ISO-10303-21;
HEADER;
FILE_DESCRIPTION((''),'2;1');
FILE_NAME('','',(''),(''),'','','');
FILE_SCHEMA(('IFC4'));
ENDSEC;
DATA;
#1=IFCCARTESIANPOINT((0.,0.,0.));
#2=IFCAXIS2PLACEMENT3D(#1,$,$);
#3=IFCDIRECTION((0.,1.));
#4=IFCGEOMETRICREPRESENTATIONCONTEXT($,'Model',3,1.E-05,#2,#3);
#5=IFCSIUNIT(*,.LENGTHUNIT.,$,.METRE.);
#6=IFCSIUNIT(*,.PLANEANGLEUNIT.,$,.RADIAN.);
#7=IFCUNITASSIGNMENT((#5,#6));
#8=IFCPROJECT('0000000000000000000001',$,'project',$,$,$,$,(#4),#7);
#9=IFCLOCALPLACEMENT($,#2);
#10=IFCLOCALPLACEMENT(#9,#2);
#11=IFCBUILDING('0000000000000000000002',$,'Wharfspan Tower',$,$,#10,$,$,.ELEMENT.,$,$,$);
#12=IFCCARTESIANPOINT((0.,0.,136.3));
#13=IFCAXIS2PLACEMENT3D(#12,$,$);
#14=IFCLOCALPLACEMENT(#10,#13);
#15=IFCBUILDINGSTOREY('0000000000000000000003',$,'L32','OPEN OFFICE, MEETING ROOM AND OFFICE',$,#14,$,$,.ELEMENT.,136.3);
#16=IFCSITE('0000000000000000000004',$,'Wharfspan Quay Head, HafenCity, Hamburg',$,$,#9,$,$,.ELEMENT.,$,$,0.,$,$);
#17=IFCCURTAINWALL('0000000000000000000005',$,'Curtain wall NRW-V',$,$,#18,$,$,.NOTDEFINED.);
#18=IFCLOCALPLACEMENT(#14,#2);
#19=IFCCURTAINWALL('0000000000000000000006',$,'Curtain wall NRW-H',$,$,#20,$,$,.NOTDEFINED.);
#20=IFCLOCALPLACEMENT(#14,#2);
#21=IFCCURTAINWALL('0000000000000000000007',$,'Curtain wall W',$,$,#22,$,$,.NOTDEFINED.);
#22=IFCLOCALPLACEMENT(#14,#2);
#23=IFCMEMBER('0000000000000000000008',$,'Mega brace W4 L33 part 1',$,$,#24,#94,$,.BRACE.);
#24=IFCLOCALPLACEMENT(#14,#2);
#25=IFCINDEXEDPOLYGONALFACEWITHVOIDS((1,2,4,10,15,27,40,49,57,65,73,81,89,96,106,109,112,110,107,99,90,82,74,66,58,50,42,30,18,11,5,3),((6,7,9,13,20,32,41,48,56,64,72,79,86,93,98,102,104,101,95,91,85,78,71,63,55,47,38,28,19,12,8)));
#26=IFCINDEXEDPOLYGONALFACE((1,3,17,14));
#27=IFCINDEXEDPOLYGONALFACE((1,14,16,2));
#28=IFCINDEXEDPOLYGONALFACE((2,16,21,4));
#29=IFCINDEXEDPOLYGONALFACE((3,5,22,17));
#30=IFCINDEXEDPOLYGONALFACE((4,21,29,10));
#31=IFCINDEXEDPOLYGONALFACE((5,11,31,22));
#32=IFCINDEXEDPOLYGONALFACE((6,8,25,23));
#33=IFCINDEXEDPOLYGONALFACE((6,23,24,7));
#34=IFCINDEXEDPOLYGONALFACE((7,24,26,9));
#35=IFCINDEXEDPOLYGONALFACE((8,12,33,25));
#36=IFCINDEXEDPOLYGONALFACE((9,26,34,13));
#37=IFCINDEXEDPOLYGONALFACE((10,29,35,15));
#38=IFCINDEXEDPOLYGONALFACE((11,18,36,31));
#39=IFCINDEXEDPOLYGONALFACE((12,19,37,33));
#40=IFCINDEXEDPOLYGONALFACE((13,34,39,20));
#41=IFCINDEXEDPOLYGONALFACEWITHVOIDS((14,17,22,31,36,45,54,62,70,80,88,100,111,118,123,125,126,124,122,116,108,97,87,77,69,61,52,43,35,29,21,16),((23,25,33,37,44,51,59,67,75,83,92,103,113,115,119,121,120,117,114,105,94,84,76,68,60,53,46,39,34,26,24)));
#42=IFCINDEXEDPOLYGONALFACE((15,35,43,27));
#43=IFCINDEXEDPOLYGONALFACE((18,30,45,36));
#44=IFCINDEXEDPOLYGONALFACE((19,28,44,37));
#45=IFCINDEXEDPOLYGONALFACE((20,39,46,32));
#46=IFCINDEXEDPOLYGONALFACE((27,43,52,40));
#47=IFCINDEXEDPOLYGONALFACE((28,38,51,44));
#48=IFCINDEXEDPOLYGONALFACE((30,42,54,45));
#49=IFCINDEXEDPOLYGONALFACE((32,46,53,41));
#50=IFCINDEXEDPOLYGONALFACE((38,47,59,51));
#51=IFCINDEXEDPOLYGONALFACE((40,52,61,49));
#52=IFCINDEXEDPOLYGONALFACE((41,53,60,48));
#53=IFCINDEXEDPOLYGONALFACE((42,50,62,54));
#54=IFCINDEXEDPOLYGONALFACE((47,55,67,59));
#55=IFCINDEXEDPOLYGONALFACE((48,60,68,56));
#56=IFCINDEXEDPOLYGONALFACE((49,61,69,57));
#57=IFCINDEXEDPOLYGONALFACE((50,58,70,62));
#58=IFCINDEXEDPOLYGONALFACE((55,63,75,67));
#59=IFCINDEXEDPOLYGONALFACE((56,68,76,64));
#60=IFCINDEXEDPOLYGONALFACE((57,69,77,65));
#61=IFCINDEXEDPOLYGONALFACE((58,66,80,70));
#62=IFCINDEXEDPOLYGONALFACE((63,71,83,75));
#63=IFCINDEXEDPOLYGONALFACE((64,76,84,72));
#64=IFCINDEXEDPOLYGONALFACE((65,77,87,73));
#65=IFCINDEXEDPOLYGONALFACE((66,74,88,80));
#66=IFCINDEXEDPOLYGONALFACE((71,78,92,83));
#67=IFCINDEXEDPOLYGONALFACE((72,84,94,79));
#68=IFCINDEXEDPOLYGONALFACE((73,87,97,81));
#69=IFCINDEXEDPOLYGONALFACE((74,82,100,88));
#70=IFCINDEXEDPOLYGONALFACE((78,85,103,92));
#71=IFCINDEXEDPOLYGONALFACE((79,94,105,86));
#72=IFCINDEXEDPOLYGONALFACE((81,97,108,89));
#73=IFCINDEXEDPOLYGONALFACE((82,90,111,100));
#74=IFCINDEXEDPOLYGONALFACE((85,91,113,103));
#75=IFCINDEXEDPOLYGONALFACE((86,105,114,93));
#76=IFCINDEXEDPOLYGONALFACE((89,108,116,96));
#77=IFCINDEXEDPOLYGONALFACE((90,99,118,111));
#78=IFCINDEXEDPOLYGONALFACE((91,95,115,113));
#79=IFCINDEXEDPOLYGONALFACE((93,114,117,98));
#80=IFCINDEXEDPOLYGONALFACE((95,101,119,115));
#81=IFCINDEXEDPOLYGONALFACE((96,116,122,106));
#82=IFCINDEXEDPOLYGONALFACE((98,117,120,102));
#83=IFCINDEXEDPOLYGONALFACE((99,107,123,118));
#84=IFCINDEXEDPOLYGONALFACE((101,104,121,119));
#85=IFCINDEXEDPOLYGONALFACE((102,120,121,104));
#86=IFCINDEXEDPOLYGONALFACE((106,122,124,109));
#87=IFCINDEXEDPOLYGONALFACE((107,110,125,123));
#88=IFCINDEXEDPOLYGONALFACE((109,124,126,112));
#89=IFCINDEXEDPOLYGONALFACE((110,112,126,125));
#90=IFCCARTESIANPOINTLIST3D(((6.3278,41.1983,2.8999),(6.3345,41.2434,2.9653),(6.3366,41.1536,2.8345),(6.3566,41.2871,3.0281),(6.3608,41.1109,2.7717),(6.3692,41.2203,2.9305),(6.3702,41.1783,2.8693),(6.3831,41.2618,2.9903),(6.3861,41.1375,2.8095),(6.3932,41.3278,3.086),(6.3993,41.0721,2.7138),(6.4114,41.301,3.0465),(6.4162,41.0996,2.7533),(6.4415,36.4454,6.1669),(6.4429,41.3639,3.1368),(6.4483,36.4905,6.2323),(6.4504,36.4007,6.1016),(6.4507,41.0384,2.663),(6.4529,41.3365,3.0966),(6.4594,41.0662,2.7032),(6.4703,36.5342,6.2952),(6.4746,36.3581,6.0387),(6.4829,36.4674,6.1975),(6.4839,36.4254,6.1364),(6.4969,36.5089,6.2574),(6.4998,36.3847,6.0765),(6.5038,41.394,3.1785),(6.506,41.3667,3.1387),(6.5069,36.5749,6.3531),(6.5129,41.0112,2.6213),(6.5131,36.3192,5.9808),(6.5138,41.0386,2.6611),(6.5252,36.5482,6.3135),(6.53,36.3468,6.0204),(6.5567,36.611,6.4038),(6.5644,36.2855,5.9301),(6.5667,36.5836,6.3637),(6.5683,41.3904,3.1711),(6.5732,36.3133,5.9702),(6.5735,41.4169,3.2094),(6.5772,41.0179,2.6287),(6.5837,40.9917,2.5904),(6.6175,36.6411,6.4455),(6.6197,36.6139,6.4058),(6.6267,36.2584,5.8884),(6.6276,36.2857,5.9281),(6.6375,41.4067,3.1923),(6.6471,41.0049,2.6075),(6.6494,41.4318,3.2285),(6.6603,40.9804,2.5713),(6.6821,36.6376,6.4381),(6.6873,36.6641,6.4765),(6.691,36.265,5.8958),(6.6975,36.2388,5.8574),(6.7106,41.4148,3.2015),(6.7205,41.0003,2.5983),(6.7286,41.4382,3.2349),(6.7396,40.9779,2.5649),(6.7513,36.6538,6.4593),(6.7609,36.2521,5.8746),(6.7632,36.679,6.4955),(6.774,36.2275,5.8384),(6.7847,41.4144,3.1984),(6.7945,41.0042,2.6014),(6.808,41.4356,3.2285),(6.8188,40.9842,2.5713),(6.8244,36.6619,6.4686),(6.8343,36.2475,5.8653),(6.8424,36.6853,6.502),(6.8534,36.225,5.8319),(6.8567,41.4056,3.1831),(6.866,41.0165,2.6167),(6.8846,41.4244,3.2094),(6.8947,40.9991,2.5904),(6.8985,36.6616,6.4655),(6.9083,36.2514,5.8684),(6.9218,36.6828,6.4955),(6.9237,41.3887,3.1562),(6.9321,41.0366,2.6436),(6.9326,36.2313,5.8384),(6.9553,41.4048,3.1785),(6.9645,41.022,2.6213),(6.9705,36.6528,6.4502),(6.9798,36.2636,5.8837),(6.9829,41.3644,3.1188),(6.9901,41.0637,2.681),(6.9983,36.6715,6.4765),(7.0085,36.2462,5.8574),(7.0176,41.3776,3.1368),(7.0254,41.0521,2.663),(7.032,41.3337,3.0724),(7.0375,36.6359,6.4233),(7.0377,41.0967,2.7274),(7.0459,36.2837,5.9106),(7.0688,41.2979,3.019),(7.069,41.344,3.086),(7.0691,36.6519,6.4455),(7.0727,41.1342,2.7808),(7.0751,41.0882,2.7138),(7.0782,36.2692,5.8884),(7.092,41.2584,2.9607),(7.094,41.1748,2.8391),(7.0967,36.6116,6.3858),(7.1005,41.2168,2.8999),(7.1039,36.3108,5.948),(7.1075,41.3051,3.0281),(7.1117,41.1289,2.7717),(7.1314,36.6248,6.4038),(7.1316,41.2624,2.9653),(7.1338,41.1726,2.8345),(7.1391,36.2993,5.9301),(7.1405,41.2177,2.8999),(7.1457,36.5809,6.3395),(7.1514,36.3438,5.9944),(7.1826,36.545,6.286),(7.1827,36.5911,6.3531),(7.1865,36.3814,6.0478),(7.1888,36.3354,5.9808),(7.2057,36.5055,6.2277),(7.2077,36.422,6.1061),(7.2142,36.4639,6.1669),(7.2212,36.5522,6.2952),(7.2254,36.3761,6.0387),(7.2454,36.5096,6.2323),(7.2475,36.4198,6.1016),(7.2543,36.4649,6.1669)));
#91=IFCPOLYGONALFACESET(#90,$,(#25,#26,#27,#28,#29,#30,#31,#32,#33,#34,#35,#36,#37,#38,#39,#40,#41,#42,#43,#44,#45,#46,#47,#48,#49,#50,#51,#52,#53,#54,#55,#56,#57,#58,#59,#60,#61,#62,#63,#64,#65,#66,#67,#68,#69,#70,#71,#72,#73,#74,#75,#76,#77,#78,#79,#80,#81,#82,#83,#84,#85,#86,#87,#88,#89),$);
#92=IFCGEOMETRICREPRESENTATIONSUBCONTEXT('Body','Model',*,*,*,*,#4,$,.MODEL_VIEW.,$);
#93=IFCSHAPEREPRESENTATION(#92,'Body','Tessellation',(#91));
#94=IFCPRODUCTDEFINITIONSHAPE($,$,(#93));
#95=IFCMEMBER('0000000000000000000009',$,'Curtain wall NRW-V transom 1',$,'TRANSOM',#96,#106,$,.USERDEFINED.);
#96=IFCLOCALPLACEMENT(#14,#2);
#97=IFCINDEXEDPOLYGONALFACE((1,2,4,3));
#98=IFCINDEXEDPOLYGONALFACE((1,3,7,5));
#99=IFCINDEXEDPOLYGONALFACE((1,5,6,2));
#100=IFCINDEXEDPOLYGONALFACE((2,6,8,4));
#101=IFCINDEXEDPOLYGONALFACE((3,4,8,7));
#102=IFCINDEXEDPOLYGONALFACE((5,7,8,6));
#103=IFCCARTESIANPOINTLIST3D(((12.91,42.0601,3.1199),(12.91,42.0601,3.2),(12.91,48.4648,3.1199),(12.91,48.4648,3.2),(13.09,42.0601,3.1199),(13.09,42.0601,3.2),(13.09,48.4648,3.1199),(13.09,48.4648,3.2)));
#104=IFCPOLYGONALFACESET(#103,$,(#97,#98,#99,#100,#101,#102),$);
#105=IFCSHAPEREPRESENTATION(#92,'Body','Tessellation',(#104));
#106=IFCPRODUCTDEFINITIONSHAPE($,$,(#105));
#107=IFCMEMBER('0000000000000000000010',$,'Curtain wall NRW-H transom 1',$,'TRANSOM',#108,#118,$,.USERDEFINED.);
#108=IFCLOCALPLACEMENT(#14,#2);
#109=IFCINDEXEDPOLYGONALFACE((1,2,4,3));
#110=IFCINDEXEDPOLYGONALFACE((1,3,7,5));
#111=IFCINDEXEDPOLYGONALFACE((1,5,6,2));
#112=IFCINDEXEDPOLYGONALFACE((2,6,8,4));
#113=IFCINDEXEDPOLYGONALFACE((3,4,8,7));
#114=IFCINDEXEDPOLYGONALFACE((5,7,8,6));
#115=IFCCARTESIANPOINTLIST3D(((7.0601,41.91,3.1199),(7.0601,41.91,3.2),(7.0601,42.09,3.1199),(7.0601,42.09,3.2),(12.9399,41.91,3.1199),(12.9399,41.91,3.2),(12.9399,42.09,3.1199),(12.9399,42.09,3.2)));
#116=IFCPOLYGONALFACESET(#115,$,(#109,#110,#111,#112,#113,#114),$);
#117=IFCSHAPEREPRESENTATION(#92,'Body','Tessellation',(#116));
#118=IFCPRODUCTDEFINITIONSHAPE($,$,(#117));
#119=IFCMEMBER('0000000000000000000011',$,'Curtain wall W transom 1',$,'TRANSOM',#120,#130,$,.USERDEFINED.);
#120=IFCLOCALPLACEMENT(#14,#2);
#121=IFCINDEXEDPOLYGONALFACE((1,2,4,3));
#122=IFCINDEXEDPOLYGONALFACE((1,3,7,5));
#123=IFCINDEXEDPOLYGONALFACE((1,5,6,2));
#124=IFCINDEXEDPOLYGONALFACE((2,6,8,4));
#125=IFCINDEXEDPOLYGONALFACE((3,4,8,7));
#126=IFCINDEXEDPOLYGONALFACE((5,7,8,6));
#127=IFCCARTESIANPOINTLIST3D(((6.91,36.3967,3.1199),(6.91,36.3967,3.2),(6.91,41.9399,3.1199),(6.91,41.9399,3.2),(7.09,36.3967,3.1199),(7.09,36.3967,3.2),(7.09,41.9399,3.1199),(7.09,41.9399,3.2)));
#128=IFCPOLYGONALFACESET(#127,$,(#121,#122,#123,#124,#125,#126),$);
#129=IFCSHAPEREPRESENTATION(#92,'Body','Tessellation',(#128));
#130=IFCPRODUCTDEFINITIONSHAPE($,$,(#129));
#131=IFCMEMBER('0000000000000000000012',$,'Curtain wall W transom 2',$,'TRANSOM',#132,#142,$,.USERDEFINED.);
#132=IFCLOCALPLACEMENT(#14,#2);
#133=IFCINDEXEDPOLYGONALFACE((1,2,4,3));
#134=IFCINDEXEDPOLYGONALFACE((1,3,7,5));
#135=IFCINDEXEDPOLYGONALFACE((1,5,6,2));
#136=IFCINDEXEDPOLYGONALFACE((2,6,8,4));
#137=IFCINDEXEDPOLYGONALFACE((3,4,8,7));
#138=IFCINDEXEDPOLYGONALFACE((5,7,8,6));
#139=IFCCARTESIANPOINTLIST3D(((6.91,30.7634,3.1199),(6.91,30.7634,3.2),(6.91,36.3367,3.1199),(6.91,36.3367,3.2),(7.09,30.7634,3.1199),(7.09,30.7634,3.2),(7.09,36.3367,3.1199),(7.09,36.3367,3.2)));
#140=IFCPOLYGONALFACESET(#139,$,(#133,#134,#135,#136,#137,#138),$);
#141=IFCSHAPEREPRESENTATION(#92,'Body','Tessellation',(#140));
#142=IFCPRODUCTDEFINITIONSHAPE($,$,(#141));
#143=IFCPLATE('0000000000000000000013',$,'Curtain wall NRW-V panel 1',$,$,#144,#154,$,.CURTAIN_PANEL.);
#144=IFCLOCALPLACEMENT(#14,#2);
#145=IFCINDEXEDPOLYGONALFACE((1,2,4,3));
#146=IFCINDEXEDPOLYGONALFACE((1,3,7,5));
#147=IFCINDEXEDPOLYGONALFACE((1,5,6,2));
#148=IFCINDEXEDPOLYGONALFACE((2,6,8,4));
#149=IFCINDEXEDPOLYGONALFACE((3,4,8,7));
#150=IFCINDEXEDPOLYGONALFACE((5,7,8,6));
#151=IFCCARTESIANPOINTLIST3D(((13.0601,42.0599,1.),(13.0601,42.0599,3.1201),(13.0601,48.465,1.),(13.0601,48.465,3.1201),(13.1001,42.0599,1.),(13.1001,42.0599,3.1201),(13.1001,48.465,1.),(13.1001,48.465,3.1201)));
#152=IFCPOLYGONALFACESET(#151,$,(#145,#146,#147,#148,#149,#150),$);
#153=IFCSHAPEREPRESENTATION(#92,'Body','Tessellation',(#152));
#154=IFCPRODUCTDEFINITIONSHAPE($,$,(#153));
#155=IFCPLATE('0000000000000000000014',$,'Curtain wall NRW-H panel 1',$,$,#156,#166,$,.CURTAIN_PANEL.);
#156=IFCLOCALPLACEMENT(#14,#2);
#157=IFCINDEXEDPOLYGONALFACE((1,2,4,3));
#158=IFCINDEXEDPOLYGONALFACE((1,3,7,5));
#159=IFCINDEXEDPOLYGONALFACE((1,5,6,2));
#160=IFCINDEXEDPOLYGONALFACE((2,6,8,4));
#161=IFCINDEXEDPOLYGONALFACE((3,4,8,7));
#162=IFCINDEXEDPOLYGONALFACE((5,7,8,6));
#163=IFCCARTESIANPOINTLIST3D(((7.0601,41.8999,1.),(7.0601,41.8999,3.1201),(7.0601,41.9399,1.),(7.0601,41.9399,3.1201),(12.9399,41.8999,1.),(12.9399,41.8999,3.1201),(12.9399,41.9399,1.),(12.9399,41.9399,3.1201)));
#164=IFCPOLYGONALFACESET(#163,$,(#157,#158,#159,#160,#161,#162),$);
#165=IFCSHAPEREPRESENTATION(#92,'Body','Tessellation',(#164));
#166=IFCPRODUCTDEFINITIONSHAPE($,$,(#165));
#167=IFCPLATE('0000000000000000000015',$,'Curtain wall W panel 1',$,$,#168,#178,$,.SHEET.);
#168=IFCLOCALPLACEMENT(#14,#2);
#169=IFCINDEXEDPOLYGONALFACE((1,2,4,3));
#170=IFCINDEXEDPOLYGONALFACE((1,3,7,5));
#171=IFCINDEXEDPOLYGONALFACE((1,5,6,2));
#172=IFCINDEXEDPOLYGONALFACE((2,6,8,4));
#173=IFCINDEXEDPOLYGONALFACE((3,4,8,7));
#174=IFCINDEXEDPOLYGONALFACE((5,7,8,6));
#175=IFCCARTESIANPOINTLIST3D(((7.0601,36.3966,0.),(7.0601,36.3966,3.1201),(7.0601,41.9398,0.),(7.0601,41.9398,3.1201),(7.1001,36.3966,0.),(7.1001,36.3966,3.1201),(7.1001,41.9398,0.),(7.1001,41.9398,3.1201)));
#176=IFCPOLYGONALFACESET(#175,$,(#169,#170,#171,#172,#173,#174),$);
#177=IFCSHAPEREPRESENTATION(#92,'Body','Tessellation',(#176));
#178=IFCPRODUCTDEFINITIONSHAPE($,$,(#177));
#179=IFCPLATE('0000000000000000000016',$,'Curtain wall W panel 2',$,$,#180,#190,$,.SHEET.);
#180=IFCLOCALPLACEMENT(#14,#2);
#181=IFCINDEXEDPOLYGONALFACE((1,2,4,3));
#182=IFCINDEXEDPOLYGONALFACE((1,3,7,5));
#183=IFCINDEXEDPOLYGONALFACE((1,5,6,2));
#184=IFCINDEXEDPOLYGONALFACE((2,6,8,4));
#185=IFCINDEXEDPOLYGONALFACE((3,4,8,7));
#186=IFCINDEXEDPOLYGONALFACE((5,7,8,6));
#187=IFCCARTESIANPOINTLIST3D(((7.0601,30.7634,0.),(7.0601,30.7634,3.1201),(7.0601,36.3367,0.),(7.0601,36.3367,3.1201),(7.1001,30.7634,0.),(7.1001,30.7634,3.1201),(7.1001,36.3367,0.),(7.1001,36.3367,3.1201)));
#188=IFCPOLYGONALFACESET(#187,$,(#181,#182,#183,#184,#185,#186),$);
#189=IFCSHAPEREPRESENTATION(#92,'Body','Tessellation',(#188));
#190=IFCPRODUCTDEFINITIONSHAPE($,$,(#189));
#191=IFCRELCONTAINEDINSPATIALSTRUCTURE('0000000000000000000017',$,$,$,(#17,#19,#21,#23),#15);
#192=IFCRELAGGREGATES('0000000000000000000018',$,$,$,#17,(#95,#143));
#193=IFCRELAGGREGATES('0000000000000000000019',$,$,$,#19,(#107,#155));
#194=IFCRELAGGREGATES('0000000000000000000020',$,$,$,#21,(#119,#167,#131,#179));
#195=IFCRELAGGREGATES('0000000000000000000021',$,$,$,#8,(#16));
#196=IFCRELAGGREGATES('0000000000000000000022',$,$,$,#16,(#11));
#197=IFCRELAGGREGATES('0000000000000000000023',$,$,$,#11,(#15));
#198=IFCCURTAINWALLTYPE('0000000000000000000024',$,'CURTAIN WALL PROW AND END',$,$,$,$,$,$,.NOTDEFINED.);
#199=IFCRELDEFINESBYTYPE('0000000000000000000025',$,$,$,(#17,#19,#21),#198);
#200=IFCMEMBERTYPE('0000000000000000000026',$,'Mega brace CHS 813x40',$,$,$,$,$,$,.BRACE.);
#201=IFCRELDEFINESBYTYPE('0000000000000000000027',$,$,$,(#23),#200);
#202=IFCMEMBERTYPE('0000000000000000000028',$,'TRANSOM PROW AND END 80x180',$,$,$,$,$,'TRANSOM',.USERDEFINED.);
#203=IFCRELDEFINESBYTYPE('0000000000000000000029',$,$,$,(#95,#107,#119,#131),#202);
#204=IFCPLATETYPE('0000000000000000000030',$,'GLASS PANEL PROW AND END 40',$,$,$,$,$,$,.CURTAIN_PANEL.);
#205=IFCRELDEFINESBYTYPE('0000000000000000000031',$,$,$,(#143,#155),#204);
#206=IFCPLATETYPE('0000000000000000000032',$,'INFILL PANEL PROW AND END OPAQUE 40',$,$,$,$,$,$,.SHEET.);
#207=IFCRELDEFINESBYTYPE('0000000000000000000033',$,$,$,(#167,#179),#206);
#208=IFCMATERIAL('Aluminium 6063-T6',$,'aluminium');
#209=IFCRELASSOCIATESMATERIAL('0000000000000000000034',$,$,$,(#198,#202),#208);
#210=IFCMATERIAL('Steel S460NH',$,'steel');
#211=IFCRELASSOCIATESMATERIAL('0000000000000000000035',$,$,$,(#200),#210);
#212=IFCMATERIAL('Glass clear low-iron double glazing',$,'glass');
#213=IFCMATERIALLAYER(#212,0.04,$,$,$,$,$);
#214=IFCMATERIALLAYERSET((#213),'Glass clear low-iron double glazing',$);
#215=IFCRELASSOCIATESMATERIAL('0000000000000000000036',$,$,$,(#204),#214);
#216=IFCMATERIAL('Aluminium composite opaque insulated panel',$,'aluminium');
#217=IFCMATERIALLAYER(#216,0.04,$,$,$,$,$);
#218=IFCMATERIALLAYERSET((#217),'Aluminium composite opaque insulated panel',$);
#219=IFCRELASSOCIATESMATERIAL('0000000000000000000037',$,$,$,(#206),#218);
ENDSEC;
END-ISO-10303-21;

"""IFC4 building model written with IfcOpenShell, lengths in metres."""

from ifc_helpers import new_model, si_unit, direction, frame, origin, origin_2d, place, context, subcontext, project, spatial, rectangle, hollow_circle, extrude, material, layer, layer_set, material_profile, profile_set, type_object, element, aggregate, save


model = new_model("IFC4")

# Units and contexts
model_context = context("Model", 3, precision=1e-05, world=origin(), true_north=direction((0.0, 1.0)))
body_context = subcontext(model_context, "Body", "Model", "MODEL_VIEW")
ifc_project = project(units=[si_unit("LENGTHUNIT", "METRE"), si_unit("PLANEANGLEUNIT", "RADIAN")], contexts=[model_context])

# Site, building, storey
site_placement = place(None, origin())
site = spatial("IfcSite", under=ifc_project, at=site_placement, Name="Wharfspan Quay Head, HafenCity, Hamburg", CompositionType="ELEMENT", RefElevation=0.0)
building_placement = place(site_placement, origin())
building = spatial("IfcBuilding", under=site, at=building_placement, Name="Wharfspan Tower", CompositionType="ELEMENT")
storey_placement = place(building_placement, frame((0.0, 0.0, 136.3)))
storey = spatial("IfcBuildingStorey", under=building, at=storey_placement, Name="L32", Description="OPEN OFFICE, MEETING ROOM AND OFFICE", CompositionType="ELEMENT", Elevation=136.3)

# Curtain walls
ifc_material_1 = material(Name="Aluminium 6063-T6", Category="aluminium")
curtain_wall_type = type_object("IfcCurtainWallType", Name="CURTAIN WALL PROW AND END", PredefinedType="NOTDEFINED", material=ifc_material_1)
curtain_wall_1_placement = place(storey_placement, origin())
curtain_wall_1 = element("IfcCurtainWall", 1, at=curtain_wall_1_placement, inside=storey, type_object=curtain_wall_type, Name="Curtain wall NRW-V", PredefinedType="NOTDEFINED")
curtain_wall_2_placement = place(storey_placement, origin())
curtain_wall_2 = element("IfcCurtainWall", 2, at=curtain_wall_2_placement, inside=storey, type_object=curtain_wall_type, Name="Curtain wall NRW-H", PredefinedType="NOTDEFINED")
curtain_wall_3_placement = place(storey_placement, origin())
curtain_wall_3 = element("IfcCurtainWall", 3, at=curtain_wall_3_placement, inside=storey, type_object=curtain_wall_type, Name="Curtain wall W", PredefinedType="NOTDEFINED")

# Members
ifc_material_2 = material(Name="Steel S460NH", Category="steel")
ifc_material_profile_1 = material_profile(ifc_material_2, hollow_circle(Radius=0.4065, WallThickness=0.04, at=origin_2d()))
ifc_profile_set_1 = profile_set([ifc_material_profile_1], Name="Steel S460NH")
member_type_1 = type_object("IfcMemberType", Name="Mega brace CHS 813x40", PredefinedType="BRACE", material=ifc_profile_set_1)
member_1_placement = place(storey_placement, frame((6.7341, 41.208, 2.8999), z_axis=(0.019722, -0.823926, 0.566354), x_axis=(0.999713, 0.023927, -0.000004)))
element("IfcMember", 4, at=member_1_placement, inside=storey, type_object=member_type_1, Name="Mega brace W4 L33 part 1", PredefinedType="BRACE", context=body_context, shape_type="SweptSolid", body=[
    extrude(hollow_circle(Radius=0.4065, WallThickness=0.04, at=origin_2d()), origin(), (0.0, 0.0, 1.0), 5.7686),
])
ifc_material_profile_2 = material_profile(ifc_material_1, rectangle(XDim=0.1799, YDim=0.0801, at=origin_2d()))
ifc_profile_set_2 = profile_set([ifc_material_profile_2], Name="Aluminium 6063-T6")
member_type_2 = type_object("IfcMemberType", Name="TRANSOM PROW AND END 80x180", ElementType="TRANSOM", PredefinedType="USERDEFINED", material=ifc_profile_set_2)
member_2_placement = place(storey_placement, frame((13.0, 48.4648, 3.1599), z_axis=(0.0, -1.0, 0.0), x_axis=(1.0, 0.0, 0.0)))
member_2 = element("IfcMember", 5, at=member_2_placement, type_object=member_type_2, Name="Curtain wall NRW-V transom 1", ObjectType="TRANSOM", PredefinedType="USERDEFINED", context=body_context, shape_type="SweptSolid", body=[
    extrude(rectangle(XDim=0.1799, YDim=0.0801, at=origin_2d()), origin(), (0.0, 0.0, 1.0), 6.4048),
])
member_3_placement = place(storey_placement, frame((12.9399, 42.0, 3.1599), z_axis=(-1.0, 0.0, 0.0), x_axis=(0.0, -1.0, 0.0)))
member_3 = element("IfcMember", 6, at=member_3_placement, type_object=member_type_2, Name="Curtain wall NRW-H transom 1", ObjectType="TRANSOM", PredefinedType="USERDEFINED", context=body_context, shape_type="SweptSolid", body=[
    extrude(rectangle(XDim=0.1799, YDim=0.0801, at=origin_2d()), origin(), (0.0, 0.0, 1.0), 5.8799),
])
member_4_placement = place(storey_placement, frame((7.0, 41.9399, 3.1599), z_axis=(0.0, -1.0, 0.0), x_axis=(1.0, 0.0, 0.0)))
member_4 = element("IfcMember", 7, at=member_4_placement, type_object=member_type_2, Name="Curtain wall W transom 1", ObjectType="TRANSOM", PredefinedType="USERDEFINED", context=body_context, shape_type="SweptSolid", body=[
    extrude(rectangle(XDim=0.1799, YDim=0.0801, at=origin_2d()), origin(), (0.0, 0.0, 1.0), 5.5432),
])
member_5_placement = place(storey_placement, frame((7.0, 36.3367, 3.1599), z_axis=(0.0, -1.0, 0.0), x_axis=(1.0, 0.0, 0.0)))
member_5 = element("IfcMember", 8, at=member_5_placement, type_object=member_type_2, Name="Curtain wall W transom 2", ObjectType="TRANSOM", PredefinedType="USERDEFINED", context=body_context, shape_type="SweptSolid", body=[
    extrude(rectangle(XDim=0.1799, YDim=0.0801, at=origin_2d()), origin(), (0.0, 0.0, 1.0), 5.5732),
])

# Plates
ifc_material_3 = material(Name="Glass clear low-iron double glazing", Category="glass")
ifc_layer_1 = layer(ifc_material_3, 0.04)
ifc_layer_set_1 = layer_set([ifc_layer_1], Name="Glass clear low-iron double glazing")
plate_type_1 = type_object("IfcPlateType", Name="GLASS PANEL PROW AND END 40", PredefinedType="CURTAIN_PANEL", material=ifc_layer_set_1)
plate_1_placement = place(storey_placement, frame((13.0801, 45.2625, 1.0), z_axis=(0.0, 0.0, 1.0), x_axis=(0.0, -1.0, 0.0)))
plate_1 = element("IfcPlate", 9, at=plate_1_placement, type_object=plate_type_1, Name="Curtain wall NRW-V panel 1", PredefinedType="CURTAIN_PANEL", context=body_context, shape_type="SweptSolid", body=[
    extrude(rectangle(XDim=6.405, YDim=0.04, at=origin_2d()), origin(), (0.0, 0.0, 1.0), 2.1201),
])
aggregate(curtain_wall_1, [member_2, plate_1])
plate_2_placement = place(storey_placement, frame((10.0, 41.9199, 1.0), z_axis=(0.0, 0.0, 1.0), x_axis=(-1.0, 0.0, 0.0)))
plate_2 = element("IfcPlate", 10, at=plate_2_placement, type_object=plate_type_1, Name="Curtain wall NRW-H panel 1", PredefinedType="CURTAIN_PANEL", context=body_context, shape_type="SweptSolid", body=[
    extrude(rectangle(XDim=5.8799, YDim=0.04, at=origin_2d()), origin(), (0.0, 0.0, 1.0), 2.1201),
])
aggregate(curtain_wall_2, [member_3, plate_2])
ifc_material_4 = material(Name="Aluminium composite opaque insulated panel", Category="aluminium")
ifc_layer_2 = layer(ifc_material_4, 0.04)
ifc_layer_set_2 = layer_set([ifc_layer_2], Name="Aluminium composite opaque insulated panel")
plate_type_2 = type_object("IfcPlateType", Name="INFILL PANEL PROW AND END OPAQUE 40", PredefinedType="SHEET", material=ifc_layer_set_2)
plate_3_placement = place(storey_placement, frame((7.0801, 39.1682, 0.0), z_axis=(0.0, 0.0, 1.0), x_axis=(0.0, -1.0, 0.0)))
plate_3 = element("IfcPlate", 11, at=plate_3_placement, type_object=plate_type_2, Name="Curtain wall W panel 1", PredefinedType="SHEET", context=body_context, shape_type="SweptSolid", body=[
    extrude(rectangle(XDim=5.5432, YDim=0.04, at=origin_2d()), origin(), (0.0, 0.0, 1.0), 3.1201),
])
plate_4_placement = place(storey_placement, frame((7.0801, 33.55, 0.0), z_axis=(0.0, 0.0, 1.0), x_axis=(0.0, -1.0, 0.0)))
plate_4 = element("IfcPlate", 12, at=plate_4_placement, type_object=plate_type_2, Name="Curtain wall W panel 2", PredefinedType="SHEET", context=body_context, shape_type="SweptSolid", body=[
    extrude(rectangle(XDim=5.5732, YDim=0.04, at=origin_2d()), origin(), (0.0, 0.0, 1.0), 3.1201),
])
aggregate(curtain_wall_3, [member_4, plate_3, member_5, plate_4])

save(model, "model.ifc")
